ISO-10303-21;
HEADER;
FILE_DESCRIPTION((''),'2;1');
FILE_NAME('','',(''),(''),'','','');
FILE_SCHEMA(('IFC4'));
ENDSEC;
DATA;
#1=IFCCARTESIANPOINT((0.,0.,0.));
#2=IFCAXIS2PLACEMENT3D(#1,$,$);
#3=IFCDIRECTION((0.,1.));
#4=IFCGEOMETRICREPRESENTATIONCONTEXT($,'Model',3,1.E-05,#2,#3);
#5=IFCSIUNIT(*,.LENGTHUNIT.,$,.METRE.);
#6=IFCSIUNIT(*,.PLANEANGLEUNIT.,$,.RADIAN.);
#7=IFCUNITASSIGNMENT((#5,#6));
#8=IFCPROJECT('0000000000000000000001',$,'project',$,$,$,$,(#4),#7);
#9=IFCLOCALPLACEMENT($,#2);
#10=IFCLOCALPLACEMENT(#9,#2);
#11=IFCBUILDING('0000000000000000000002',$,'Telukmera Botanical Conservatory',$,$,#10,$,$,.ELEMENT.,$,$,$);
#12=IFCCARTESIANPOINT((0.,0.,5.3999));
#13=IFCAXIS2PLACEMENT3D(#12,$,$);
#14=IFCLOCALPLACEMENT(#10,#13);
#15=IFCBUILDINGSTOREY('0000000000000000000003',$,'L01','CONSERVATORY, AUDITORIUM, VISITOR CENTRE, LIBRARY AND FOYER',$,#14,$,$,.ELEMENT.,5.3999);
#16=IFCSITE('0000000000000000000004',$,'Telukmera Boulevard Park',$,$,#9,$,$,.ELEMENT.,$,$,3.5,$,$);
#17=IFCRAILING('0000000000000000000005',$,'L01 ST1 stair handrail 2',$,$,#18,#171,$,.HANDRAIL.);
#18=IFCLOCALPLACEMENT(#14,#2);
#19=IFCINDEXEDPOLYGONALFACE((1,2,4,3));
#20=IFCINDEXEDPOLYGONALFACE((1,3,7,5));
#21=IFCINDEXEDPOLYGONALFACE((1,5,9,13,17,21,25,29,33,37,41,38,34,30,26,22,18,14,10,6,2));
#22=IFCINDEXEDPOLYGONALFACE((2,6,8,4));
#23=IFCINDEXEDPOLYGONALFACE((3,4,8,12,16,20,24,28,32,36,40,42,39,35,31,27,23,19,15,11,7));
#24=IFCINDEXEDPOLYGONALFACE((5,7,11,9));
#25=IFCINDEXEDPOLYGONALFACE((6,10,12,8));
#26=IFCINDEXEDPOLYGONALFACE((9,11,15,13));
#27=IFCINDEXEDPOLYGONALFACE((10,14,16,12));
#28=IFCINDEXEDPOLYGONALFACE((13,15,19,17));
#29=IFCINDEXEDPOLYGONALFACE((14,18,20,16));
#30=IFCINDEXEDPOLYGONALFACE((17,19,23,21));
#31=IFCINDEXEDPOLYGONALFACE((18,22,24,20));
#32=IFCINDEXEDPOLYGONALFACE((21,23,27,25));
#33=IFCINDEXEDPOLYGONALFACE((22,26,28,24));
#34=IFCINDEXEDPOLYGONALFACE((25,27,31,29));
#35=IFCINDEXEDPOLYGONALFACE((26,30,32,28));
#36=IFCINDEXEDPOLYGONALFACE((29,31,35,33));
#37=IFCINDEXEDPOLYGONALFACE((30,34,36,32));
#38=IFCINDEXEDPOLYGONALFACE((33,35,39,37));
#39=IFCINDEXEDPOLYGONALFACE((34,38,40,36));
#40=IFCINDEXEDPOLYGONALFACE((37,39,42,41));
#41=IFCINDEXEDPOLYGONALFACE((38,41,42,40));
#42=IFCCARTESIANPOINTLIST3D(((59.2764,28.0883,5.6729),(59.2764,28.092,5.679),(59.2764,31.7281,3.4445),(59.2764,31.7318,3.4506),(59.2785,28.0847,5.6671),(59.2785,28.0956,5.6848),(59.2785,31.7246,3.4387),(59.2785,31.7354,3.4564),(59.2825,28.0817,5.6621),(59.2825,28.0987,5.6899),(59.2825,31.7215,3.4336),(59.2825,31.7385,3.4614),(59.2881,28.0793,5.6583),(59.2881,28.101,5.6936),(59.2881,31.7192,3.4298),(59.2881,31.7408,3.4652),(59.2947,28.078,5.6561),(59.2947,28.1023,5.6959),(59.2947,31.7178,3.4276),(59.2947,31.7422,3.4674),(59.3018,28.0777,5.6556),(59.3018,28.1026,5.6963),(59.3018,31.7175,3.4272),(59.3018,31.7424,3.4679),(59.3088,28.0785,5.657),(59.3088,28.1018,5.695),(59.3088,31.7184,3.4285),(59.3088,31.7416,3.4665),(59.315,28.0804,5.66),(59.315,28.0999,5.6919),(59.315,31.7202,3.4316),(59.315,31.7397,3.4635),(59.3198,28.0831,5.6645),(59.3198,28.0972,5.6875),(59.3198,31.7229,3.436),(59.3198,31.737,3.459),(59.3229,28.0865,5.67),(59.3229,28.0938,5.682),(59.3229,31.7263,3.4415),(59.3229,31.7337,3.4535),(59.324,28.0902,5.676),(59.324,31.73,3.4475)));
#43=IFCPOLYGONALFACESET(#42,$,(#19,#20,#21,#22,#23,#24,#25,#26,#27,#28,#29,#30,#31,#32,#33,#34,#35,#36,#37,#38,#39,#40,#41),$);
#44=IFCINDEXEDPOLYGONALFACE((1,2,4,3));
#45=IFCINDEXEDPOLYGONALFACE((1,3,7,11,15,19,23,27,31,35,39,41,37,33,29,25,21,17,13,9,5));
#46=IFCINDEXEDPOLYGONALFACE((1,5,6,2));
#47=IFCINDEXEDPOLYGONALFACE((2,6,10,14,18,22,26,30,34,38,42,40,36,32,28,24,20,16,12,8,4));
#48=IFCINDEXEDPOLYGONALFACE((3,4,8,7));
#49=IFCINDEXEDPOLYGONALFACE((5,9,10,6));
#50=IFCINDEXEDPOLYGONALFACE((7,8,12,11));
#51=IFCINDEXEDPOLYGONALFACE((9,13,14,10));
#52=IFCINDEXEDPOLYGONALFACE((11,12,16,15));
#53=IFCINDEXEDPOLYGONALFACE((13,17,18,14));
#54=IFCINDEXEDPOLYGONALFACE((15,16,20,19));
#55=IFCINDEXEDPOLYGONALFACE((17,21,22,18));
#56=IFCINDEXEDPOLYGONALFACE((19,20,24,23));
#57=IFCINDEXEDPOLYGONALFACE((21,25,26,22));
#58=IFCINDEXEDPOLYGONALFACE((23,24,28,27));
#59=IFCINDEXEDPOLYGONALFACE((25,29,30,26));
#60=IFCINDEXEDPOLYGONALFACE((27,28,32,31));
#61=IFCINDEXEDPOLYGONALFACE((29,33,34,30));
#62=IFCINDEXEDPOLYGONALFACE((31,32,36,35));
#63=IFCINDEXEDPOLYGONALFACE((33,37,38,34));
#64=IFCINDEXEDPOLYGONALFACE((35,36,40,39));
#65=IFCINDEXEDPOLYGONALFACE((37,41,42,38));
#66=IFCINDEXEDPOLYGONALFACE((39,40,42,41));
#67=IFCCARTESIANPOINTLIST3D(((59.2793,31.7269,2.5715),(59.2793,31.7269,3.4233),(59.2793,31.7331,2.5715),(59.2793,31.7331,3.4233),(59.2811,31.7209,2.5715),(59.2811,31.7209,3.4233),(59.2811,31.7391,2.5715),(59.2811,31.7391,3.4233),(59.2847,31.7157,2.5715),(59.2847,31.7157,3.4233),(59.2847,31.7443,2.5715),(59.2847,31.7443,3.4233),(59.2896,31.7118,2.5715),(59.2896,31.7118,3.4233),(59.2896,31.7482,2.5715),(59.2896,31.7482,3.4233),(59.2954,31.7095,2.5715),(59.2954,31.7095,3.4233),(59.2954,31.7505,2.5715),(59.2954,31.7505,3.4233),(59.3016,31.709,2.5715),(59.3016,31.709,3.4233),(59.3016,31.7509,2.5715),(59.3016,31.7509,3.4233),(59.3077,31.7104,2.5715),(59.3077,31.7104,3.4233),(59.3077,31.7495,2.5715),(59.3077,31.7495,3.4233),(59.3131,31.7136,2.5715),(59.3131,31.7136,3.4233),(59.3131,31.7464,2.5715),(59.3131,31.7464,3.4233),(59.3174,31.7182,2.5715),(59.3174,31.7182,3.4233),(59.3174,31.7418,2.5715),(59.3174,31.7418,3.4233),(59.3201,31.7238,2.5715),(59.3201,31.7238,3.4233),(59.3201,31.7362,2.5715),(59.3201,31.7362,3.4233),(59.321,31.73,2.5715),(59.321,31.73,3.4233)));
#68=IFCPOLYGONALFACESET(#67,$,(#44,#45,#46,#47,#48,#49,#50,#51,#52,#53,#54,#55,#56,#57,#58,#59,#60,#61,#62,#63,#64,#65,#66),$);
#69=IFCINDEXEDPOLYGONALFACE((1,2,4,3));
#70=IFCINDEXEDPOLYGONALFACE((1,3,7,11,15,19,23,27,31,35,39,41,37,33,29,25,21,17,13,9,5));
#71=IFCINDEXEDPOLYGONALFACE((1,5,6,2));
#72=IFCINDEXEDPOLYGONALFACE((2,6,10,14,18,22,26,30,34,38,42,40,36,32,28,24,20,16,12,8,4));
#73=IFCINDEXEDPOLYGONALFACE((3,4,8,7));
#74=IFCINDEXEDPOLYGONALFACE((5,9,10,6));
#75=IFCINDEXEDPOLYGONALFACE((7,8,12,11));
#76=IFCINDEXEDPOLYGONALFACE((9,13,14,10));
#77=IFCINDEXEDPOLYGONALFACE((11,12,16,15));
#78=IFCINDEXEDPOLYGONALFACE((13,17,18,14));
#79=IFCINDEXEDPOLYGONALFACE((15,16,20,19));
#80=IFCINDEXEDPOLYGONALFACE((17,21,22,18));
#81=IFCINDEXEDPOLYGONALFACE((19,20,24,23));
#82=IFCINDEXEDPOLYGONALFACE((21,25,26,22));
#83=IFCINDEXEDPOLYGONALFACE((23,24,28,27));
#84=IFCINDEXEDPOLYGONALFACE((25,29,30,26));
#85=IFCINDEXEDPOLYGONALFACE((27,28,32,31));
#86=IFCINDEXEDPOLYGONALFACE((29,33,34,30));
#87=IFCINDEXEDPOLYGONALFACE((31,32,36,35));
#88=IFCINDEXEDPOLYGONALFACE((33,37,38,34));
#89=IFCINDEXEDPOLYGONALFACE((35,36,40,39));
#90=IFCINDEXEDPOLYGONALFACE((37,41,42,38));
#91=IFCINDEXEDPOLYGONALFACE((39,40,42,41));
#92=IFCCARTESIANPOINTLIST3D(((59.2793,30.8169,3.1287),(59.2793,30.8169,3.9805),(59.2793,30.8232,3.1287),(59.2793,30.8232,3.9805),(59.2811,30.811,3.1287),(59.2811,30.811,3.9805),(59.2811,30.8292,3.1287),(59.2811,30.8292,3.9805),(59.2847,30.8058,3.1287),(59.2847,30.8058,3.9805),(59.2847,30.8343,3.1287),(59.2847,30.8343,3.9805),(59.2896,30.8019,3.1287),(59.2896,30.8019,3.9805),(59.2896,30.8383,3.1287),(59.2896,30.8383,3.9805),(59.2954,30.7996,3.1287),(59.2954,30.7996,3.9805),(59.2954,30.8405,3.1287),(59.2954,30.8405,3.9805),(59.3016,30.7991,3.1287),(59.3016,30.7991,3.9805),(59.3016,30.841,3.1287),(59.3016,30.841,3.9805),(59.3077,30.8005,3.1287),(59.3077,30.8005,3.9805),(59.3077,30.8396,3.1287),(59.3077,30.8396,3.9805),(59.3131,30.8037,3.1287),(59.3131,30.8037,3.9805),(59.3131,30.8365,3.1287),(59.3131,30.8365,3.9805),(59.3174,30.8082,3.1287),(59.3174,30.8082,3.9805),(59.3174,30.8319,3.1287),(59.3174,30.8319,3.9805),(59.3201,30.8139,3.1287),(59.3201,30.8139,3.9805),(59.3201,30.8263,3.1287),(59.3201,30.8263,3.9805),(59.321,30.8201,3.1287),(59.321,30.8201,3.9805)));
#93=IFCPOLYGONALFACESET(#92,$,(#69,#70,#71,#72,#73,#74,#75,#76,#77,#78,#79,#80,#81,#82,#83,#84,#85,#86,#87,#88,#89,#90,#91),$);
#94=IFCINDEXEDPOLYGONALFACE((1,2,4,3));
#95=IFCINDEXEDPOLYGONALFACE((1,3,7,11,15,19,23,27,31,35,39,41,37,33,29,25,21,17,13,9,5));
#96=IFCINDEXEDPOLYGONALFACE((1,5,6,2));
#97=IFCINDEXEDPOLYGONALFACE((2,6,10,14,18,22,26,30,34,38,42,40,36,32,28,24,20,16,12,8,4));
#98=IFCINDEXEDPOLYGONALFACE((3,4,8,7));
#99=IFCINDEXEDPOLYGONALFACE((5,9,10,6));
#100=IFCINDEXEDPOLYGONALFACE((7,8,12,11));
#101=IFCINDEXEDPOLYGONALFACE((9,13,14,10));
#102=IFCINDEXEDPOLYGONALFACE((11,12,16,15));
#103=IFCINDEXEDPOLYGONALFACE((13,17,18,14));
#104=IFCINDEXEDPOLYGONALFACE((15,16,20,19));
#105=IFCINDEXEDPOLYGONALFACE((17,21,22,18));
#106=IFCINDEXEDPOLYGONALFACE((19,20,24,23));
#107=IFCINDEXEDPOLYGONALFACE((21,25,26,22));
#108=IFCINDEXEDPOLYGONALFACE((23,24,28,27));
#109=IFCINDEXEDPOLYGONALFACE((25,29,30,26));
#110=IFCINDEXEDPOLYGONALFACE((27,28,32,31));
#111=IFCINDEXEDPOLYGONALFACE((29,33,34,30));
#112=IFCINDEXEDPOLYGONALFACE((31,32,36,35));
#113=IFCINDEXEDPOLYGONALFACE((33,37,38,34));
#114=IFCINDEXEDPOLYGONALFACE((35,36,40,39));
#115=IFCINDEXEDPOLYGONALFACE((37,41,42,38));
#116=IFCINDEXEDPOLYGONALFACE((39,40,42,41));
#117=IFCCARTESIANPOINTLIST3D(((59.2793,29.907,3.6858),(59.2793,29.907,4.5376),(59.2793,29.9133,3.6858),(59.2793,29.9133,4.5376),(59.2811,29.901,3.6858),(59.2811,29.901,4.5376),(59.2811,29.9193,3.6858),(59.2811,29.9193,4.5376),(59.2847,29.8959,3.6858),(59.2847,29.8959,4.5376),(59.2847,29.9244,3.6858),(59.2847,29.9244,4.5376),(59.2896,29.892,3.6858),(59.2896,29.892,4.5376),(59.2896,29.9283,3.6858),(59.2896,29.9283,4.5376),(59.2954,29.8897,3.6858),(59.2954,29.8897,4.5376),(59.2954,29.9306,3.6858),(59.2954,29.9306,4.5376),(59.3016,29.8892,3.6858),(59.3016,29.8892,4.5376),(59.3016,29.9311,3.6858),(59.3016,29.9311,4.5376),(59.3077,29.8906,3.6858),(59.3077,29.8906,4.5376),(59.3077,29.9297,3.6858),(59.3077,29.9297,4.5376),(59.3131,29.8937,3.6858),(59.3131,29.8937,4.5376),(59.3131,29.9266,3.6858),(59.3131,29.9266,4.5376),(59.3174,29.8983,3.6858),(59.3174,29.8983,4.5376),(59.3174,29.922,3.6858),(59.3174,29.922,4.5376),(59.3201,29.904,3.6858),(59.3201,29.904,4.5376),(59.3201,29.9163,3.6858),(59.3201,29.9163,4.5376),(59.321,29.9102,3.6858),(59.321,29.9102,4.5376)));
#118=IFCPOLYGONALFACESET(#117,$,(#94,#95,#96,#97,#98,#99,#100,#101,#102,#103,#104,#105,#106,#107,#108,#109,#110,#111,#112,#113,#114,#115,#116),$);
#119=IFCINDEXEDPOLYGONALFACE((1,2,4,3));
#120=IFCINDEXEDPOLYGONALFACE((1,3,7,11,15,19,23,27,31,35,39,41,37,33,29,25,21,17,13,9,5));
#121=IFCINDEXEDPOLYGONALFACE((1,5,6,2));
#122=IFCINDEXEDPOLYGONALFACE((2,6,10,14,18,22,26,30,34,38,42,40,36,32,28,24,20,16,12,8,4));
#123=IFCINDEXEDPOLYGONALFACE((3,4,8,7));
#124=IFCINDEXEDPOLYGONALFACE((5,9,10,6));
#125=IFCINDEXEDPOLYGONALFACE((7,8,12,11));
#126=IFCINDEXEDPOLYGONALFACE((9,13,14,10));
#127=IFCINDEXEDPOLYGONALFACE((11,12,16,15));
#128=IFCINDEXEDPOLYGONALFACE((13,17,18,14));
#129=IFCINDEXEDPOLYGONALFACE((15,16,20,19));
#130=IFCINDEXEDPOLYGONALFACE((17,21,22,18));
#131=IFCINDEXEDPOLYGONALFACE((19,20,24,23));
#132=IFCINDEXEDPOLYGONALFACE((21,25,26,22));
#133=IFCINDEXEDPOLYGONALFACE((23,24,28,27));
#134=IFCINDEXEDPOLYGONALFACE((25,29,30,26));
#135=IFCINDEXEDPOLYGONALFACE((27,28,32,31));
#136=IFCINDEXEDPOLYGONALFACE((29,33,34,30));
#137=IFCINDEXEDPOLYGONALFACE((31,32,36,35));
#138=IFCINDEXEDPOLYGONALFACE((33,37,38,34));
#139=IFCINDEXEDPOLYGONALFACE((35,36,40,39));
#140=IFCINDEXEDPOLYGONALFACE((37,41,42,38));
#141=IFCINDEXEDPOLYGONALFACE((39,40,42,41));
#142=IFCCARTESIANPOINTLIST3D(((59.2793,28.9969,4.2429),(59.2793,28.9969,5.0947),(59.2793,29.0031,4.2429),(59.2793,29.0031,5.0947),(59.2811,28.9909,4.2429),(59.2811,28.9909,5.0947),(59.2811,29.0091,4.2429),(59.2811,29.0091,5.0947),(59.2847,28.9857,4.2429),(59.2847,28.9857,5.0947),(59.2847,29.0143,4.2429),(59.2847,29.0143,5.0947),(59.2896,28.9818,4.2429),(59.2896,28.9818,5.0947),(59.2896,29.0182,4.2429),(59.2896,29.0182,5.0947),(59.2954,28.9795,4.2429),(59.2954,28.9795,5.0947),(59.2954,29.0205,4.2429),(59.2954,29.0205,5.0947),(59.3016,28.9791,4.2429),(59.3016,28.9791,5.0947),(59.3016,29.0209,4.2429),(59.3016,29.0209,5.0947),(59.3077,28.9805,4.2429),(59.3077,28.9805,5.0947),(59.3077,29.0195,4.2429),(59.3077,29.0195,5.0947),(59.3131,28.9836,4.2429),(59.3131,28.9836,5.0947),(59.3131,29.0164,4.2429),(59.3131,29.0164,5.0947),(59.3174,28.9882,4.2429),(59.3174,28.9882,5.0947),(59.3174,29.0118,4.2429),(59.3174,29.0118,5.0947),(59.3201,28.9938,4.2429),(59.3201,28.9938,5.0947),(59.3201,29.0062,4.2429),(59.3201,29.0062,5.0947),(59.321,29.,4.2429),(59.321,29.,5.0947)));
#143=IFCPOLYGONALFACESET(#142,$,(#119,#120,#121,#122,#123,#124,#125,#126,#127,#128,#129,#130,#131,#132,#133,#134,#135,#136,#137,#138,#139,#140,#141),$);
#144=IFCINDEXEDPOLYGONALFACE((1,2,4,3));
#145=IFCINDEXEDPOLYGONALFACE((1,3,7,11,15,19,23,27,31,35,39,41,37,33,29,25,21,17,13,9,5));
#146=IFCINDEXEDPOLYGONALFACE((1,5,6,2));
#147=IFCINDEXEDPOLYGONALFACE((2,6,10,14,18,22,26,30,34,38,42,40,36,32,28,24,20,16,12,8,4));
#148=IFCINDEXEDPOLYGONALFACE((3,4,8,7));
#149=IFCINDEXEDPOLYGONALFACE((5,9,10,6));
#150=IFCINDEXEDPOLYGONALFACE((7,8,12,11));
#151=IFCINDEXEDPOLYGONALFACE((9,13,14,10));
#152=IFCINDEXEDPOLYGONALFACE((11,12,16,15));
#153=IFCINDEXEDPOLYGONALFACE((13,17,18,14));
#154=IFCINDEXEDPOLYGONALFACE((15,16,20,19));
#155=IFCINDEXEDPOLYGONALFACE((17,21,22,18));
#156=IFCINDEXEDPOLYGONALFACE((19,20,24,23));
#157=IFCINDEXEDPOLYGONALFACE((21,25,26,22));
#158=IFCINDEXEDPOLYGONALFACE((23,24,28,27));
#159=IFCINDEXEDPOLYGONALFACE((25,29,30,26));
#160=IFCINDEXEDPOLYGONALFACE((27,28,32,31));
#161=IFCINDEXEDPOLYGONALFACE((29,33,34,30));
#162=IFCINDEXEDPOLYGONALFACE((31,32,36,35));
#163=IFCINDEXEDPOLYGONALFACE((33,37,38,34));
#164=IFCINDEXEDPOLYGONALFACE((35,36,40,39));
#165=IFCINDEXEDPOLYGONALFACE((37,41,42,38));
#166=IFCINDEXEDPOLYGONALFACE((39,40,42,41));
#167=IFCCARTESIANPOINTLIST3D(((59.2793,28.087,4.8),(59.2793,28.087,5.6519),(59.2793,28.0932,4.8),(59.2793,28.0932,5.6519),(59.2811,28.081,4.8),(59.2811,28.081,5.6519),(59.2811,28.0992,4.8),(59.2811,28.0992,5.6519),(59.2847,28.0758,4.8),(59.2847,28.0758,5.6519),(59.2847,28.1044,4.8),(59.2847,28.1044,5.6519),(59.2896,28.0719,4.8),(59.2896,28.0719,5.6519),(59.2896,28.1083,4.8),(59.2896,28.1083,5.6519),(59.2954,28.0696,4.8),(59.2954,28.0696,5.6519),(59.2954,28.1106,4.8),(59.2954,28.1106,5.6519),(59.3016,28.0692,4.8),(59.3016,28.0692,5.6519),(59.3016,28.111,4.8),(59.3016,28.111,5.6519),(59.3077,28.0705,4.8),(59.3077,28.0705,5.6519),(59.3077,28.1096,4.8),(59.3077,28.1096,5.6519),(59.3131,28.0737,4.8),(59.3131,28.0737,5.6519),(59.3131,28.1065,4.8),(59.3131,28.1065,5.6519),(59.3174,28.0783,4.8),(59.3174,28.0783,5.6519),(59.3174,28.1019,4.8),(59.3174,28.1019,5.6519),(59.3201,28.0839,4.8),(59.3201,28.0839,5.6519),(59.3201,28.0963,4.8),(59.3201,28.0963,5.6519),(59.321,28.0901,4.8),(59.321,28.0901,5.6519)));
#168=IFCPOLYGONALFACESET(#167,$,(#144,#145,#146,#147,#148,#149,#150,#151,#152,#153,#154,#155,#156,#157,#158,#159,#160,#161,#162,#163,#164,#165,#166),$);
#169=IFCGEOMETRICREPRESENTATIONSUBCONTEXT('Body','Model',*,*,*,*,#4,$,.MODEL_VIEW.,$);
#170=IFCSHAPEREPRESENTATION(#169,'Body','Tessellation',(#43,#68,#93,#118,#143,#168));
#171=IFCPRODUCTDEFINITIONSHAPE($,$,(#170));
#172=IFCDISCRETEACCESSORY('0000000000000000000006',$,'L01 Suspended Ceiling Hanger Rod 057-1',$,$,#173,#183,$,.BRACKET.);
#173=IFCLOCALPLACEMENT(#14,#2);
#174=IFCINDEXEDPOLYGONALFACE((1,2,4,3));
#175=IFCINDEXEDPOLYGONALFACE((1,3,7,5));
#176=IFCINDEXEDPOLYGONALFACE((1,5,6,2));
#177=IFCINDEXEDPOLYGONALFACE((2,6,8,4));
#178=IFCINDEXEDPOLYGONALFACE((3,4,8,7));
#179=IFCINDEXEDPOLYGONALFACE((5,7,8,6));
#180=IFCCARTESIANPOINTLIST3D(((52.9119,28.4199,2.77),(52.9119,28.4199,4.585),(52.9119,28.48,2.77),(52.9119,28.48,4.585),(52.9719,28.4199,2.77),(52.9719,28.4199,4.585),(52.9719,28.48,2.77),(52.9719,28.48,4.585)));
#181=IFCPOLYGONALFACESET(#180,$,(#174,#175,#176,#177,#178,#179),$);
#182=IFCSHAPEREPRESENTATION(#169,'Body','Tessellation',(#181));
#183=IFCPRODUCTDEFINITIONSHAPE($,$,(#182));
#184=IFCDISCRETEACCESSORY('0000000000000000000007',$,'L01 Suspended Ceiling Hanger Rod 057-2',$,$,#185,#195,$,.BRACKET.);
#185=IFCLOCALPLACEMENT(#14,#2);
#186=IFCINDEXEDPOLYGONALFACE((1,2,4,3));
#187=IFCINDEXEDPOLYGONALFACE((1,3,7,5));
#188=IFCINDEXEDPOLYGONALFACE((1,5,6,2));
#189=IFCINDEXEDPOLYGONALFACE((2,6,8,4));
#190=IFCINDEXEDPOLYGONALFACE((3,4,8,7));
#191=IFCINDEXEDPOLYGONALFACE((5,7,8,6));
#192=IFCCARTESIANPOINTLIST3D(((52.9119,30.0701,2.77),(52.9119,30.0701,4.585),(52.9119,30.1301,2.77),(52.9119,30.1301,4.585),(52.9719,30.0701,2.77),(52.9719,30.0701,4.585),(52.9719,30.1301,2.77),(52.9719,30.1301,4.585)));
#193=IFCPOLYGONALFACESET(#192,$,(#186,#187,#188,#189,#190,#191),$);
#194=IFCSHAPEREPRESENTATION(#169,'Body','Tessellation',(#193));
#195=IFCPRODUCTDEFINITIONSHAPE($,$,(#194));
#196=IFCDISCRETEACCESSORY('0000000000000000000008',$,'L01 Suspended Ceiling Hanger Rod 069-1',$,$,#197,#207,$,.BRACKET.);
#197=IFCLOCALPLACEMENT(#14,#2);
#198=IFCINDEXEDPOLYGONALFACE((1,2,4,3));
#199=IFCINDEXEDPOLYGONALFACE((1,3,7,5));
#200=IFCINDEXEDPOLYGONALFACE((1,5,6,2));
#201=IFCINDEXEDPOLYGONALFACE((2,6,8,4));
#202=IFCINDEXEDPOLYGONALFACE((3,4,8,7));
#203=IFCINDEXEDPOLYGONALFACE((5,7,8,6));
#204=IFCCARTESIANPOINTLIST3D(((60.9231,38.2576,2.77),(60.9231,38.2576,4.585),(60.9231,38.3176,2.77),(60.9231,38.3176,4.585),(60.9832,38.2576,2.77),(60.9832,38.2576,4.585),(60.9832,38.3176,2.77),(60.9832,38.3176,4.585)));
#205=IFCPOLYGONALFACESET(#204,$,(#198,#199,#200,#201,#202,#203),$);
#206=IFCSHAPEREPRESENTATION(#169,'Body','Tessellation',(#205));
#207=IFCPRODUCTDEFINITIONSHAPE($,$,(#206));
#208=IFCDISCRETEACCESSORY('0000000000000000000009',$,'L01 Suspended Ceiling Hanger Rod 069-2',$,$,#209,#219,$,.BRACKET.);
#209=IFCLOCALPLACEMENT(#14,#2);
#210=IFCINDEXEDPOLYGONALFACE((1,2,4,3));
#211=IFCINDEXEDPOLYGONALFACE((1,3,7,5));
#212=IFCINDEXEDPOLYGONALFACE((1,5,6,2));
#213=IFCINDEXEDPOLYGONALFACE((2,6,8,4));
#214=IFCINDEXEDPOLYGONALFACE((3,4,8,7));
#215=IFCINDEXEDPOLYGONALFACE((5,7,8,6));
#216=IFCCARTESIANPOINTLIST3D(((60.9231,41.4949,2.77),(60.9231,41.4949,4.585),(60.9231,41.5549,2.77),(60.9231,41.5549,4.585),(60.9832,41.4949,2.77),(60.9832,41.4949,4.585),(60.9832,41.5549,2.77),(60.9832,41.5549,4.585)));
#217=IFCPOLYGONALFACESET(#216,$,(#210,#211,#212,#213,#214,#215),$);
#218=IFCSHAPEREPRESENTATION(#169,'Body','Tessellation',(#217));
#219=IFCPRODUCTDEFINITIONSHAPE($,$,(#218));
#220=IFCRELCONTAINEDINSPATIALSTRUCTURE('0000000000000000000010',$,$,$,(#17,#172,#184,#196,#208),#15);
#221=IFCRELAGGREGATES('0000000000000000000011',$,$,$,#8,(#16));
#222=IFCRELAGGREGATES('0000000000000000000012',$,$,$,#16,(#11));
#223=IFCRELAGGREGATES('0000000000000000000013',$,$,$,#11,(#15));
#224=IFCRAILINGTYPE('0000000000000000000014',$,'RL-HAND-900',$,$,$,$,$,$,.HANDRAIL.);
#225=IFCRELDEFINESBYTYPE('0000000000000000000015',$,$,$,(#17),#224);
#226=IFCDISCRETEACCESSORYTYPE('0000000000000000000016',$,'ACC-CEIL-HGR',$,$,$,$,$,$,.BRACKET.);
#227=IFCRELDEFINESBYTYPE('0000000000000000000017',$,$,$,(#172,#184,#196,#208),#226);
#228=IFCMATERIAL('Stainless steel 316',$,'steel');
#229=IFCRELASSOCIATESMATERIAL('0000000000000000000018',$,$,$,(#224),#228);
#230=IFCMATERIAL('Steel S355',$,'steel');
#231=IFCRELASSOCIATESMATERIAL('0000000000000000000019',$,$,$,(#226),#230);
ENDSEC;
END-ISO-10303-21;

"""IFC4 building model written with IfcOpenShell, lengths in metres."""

from ifc_helpers import new_model, si_unit, direction, frame, origin, origin_2d, place, context, subcontext, project, spatial, rectangle, circle, extrude, material, type_object, element, save


model = new_model("IFC4")

# Units and contexts
model_context = context("Model", 3, precision=1e-05, world=origin(), true_north=direction((0.0, 1.0)))
body_context = subcontext(model_context, "Body", "Model", "MODEL_VIEW")
ifc_project = project(units=[si_unit("LENGTHUNIT", "METRE"), si_unit("PLANEANGLEUNIT", "RADIAN")], contexts=[model_context])

# Site, building, storey
site_placement = place(None, origin())
site = spatial("IfcSite", under=ifc_project, at=site_placement, Name="Telukmera Boulevard Park", CompositionType="ELEMENT", RefElevation=3.5)
building_placement = place(site_placement, origin())
building = spatial("IfcBuilding", under=site, at=building_placement, Name="Telukmera Botanical Conservatory", CompositionType="ELEMENT")
storey_placement = place(building_placement, frame((0.0, 0.0, 5.3999)))
storey = spatial("IfcBuildingStorey", under=building, at=storey_placement, Name="L01", Description="CONSERVATORY, AUDITORIUM, VISITOR CENTRE, LIBRARY AND FOYER", CompositionType="ELEMENT", Elevation=5.3999)

# Railing
ifc_material_1 = material(Name="Steel S355", Category="steel")
ifc_material_2 = material(Name="Stainless steel 316", Category="steel")
railing_type_1 = type_object("IfcRailingType", Name="RL-HAND-900", PredefinedType="HANDRAIL", material=ifc_material_2)
railing_1_placement = place(storey_placement, frame((59.3, 31.73, 2.5715)))
element("IfcRailing", 1, at=railing_1_placement, inside=storey, type_object=railing_type_1, Name="L01 ST1 stair handrail 2", PredefinedType="HANDRAIL", context=body_context, shape_type="SweptSolid", body=[
    extrude(circle(Radius=0.0239, at=origin_2d()), frame((0.0, 0.0, 0.876), z_axis=(0.0, -0.85285, 0.522156), x_axis=(1.0, 0.0, 0.0)), (0.0, 0.0, 1.0), 4.2678),
    extrude(circle(Radius=0.021, at=origin_2d()), origin(), (0.0, 0.0, 1.0), 0.8518),
    extrude(circle(Radius=0.021, at=origin_2d()), frame((0.0, -0.9099, 0.5571)), (0.0, 0.0, 1.0), 0.8518),
    extrude(circle(Radius=0.021, at=origin_2d()), frame((0.0, -1.8198, 1.1143)), (0.0, 0.0, 1.0), 0.8518),
    extrude(circle(Radius=0.021, at=origin_2d()), frame((0.0, -2.73, 1.6714)), (0.0, 0.0, 1.0), 0.8518),
    extrude(circle(Radius=0.021, at=origin_2d()), frame((0.0, -3.6399, 2.2285)), (0.0, 0.0, 1.0), 0.8518),
])

# Discrete accessories
discrete_accessory_type = type_object("IfcDiscreteAccessoryType", Name="ACC-CEIL-HGR", PredefinedType="BRACKET", material=ifc_material_1)
for number, where, z_axis, x_axis, name in (
    (2, (52.9419, 28.45, 2.77), (0.0, 0.0, 1.0), (1.0, 0.0, 0.0), "L01 Suspended Ceiling Hanger Rod 057-1"),
    (3, (52.9419, 30.1001, 2.77), (0.0, 0.0, 1.0), (1.0, 0.0, 0.0), "L01 Suspended Ceiling Hanger Rod 057-2"),
    (4, (60.9531, 38.2876, 2.77), (0.0, 0.0, 1.0), (1.0, 0.0, 0.0), "L01 Suspended Ceiling Hanger Rod 069-1"),
    (5, (60.9531, 41.5249, 2.77), (0.0, 0.0, 1.0), (1.0, 0.0, 0.0), "L01 Suspended Ceiling Hanger Rod 069-2"),
):
    element("IfcDiscreteAccessory", number, at=place(storey_placement, frame(where, z_axis=z_axis, x_axis=x_axis)), inside=storey, type_object=discrete_accessory_type, Name=name, PredefinedType="BRACKET", context=body_context, shape_type="SweptSolid", body=[
        extrude(rectangle(XDim=0.0601, YDim=0.0601, at=origin_2d()), origin(), (0.0, 0.0, 1.0), 1.8149),
    ])

save(model, "model.ifc")
